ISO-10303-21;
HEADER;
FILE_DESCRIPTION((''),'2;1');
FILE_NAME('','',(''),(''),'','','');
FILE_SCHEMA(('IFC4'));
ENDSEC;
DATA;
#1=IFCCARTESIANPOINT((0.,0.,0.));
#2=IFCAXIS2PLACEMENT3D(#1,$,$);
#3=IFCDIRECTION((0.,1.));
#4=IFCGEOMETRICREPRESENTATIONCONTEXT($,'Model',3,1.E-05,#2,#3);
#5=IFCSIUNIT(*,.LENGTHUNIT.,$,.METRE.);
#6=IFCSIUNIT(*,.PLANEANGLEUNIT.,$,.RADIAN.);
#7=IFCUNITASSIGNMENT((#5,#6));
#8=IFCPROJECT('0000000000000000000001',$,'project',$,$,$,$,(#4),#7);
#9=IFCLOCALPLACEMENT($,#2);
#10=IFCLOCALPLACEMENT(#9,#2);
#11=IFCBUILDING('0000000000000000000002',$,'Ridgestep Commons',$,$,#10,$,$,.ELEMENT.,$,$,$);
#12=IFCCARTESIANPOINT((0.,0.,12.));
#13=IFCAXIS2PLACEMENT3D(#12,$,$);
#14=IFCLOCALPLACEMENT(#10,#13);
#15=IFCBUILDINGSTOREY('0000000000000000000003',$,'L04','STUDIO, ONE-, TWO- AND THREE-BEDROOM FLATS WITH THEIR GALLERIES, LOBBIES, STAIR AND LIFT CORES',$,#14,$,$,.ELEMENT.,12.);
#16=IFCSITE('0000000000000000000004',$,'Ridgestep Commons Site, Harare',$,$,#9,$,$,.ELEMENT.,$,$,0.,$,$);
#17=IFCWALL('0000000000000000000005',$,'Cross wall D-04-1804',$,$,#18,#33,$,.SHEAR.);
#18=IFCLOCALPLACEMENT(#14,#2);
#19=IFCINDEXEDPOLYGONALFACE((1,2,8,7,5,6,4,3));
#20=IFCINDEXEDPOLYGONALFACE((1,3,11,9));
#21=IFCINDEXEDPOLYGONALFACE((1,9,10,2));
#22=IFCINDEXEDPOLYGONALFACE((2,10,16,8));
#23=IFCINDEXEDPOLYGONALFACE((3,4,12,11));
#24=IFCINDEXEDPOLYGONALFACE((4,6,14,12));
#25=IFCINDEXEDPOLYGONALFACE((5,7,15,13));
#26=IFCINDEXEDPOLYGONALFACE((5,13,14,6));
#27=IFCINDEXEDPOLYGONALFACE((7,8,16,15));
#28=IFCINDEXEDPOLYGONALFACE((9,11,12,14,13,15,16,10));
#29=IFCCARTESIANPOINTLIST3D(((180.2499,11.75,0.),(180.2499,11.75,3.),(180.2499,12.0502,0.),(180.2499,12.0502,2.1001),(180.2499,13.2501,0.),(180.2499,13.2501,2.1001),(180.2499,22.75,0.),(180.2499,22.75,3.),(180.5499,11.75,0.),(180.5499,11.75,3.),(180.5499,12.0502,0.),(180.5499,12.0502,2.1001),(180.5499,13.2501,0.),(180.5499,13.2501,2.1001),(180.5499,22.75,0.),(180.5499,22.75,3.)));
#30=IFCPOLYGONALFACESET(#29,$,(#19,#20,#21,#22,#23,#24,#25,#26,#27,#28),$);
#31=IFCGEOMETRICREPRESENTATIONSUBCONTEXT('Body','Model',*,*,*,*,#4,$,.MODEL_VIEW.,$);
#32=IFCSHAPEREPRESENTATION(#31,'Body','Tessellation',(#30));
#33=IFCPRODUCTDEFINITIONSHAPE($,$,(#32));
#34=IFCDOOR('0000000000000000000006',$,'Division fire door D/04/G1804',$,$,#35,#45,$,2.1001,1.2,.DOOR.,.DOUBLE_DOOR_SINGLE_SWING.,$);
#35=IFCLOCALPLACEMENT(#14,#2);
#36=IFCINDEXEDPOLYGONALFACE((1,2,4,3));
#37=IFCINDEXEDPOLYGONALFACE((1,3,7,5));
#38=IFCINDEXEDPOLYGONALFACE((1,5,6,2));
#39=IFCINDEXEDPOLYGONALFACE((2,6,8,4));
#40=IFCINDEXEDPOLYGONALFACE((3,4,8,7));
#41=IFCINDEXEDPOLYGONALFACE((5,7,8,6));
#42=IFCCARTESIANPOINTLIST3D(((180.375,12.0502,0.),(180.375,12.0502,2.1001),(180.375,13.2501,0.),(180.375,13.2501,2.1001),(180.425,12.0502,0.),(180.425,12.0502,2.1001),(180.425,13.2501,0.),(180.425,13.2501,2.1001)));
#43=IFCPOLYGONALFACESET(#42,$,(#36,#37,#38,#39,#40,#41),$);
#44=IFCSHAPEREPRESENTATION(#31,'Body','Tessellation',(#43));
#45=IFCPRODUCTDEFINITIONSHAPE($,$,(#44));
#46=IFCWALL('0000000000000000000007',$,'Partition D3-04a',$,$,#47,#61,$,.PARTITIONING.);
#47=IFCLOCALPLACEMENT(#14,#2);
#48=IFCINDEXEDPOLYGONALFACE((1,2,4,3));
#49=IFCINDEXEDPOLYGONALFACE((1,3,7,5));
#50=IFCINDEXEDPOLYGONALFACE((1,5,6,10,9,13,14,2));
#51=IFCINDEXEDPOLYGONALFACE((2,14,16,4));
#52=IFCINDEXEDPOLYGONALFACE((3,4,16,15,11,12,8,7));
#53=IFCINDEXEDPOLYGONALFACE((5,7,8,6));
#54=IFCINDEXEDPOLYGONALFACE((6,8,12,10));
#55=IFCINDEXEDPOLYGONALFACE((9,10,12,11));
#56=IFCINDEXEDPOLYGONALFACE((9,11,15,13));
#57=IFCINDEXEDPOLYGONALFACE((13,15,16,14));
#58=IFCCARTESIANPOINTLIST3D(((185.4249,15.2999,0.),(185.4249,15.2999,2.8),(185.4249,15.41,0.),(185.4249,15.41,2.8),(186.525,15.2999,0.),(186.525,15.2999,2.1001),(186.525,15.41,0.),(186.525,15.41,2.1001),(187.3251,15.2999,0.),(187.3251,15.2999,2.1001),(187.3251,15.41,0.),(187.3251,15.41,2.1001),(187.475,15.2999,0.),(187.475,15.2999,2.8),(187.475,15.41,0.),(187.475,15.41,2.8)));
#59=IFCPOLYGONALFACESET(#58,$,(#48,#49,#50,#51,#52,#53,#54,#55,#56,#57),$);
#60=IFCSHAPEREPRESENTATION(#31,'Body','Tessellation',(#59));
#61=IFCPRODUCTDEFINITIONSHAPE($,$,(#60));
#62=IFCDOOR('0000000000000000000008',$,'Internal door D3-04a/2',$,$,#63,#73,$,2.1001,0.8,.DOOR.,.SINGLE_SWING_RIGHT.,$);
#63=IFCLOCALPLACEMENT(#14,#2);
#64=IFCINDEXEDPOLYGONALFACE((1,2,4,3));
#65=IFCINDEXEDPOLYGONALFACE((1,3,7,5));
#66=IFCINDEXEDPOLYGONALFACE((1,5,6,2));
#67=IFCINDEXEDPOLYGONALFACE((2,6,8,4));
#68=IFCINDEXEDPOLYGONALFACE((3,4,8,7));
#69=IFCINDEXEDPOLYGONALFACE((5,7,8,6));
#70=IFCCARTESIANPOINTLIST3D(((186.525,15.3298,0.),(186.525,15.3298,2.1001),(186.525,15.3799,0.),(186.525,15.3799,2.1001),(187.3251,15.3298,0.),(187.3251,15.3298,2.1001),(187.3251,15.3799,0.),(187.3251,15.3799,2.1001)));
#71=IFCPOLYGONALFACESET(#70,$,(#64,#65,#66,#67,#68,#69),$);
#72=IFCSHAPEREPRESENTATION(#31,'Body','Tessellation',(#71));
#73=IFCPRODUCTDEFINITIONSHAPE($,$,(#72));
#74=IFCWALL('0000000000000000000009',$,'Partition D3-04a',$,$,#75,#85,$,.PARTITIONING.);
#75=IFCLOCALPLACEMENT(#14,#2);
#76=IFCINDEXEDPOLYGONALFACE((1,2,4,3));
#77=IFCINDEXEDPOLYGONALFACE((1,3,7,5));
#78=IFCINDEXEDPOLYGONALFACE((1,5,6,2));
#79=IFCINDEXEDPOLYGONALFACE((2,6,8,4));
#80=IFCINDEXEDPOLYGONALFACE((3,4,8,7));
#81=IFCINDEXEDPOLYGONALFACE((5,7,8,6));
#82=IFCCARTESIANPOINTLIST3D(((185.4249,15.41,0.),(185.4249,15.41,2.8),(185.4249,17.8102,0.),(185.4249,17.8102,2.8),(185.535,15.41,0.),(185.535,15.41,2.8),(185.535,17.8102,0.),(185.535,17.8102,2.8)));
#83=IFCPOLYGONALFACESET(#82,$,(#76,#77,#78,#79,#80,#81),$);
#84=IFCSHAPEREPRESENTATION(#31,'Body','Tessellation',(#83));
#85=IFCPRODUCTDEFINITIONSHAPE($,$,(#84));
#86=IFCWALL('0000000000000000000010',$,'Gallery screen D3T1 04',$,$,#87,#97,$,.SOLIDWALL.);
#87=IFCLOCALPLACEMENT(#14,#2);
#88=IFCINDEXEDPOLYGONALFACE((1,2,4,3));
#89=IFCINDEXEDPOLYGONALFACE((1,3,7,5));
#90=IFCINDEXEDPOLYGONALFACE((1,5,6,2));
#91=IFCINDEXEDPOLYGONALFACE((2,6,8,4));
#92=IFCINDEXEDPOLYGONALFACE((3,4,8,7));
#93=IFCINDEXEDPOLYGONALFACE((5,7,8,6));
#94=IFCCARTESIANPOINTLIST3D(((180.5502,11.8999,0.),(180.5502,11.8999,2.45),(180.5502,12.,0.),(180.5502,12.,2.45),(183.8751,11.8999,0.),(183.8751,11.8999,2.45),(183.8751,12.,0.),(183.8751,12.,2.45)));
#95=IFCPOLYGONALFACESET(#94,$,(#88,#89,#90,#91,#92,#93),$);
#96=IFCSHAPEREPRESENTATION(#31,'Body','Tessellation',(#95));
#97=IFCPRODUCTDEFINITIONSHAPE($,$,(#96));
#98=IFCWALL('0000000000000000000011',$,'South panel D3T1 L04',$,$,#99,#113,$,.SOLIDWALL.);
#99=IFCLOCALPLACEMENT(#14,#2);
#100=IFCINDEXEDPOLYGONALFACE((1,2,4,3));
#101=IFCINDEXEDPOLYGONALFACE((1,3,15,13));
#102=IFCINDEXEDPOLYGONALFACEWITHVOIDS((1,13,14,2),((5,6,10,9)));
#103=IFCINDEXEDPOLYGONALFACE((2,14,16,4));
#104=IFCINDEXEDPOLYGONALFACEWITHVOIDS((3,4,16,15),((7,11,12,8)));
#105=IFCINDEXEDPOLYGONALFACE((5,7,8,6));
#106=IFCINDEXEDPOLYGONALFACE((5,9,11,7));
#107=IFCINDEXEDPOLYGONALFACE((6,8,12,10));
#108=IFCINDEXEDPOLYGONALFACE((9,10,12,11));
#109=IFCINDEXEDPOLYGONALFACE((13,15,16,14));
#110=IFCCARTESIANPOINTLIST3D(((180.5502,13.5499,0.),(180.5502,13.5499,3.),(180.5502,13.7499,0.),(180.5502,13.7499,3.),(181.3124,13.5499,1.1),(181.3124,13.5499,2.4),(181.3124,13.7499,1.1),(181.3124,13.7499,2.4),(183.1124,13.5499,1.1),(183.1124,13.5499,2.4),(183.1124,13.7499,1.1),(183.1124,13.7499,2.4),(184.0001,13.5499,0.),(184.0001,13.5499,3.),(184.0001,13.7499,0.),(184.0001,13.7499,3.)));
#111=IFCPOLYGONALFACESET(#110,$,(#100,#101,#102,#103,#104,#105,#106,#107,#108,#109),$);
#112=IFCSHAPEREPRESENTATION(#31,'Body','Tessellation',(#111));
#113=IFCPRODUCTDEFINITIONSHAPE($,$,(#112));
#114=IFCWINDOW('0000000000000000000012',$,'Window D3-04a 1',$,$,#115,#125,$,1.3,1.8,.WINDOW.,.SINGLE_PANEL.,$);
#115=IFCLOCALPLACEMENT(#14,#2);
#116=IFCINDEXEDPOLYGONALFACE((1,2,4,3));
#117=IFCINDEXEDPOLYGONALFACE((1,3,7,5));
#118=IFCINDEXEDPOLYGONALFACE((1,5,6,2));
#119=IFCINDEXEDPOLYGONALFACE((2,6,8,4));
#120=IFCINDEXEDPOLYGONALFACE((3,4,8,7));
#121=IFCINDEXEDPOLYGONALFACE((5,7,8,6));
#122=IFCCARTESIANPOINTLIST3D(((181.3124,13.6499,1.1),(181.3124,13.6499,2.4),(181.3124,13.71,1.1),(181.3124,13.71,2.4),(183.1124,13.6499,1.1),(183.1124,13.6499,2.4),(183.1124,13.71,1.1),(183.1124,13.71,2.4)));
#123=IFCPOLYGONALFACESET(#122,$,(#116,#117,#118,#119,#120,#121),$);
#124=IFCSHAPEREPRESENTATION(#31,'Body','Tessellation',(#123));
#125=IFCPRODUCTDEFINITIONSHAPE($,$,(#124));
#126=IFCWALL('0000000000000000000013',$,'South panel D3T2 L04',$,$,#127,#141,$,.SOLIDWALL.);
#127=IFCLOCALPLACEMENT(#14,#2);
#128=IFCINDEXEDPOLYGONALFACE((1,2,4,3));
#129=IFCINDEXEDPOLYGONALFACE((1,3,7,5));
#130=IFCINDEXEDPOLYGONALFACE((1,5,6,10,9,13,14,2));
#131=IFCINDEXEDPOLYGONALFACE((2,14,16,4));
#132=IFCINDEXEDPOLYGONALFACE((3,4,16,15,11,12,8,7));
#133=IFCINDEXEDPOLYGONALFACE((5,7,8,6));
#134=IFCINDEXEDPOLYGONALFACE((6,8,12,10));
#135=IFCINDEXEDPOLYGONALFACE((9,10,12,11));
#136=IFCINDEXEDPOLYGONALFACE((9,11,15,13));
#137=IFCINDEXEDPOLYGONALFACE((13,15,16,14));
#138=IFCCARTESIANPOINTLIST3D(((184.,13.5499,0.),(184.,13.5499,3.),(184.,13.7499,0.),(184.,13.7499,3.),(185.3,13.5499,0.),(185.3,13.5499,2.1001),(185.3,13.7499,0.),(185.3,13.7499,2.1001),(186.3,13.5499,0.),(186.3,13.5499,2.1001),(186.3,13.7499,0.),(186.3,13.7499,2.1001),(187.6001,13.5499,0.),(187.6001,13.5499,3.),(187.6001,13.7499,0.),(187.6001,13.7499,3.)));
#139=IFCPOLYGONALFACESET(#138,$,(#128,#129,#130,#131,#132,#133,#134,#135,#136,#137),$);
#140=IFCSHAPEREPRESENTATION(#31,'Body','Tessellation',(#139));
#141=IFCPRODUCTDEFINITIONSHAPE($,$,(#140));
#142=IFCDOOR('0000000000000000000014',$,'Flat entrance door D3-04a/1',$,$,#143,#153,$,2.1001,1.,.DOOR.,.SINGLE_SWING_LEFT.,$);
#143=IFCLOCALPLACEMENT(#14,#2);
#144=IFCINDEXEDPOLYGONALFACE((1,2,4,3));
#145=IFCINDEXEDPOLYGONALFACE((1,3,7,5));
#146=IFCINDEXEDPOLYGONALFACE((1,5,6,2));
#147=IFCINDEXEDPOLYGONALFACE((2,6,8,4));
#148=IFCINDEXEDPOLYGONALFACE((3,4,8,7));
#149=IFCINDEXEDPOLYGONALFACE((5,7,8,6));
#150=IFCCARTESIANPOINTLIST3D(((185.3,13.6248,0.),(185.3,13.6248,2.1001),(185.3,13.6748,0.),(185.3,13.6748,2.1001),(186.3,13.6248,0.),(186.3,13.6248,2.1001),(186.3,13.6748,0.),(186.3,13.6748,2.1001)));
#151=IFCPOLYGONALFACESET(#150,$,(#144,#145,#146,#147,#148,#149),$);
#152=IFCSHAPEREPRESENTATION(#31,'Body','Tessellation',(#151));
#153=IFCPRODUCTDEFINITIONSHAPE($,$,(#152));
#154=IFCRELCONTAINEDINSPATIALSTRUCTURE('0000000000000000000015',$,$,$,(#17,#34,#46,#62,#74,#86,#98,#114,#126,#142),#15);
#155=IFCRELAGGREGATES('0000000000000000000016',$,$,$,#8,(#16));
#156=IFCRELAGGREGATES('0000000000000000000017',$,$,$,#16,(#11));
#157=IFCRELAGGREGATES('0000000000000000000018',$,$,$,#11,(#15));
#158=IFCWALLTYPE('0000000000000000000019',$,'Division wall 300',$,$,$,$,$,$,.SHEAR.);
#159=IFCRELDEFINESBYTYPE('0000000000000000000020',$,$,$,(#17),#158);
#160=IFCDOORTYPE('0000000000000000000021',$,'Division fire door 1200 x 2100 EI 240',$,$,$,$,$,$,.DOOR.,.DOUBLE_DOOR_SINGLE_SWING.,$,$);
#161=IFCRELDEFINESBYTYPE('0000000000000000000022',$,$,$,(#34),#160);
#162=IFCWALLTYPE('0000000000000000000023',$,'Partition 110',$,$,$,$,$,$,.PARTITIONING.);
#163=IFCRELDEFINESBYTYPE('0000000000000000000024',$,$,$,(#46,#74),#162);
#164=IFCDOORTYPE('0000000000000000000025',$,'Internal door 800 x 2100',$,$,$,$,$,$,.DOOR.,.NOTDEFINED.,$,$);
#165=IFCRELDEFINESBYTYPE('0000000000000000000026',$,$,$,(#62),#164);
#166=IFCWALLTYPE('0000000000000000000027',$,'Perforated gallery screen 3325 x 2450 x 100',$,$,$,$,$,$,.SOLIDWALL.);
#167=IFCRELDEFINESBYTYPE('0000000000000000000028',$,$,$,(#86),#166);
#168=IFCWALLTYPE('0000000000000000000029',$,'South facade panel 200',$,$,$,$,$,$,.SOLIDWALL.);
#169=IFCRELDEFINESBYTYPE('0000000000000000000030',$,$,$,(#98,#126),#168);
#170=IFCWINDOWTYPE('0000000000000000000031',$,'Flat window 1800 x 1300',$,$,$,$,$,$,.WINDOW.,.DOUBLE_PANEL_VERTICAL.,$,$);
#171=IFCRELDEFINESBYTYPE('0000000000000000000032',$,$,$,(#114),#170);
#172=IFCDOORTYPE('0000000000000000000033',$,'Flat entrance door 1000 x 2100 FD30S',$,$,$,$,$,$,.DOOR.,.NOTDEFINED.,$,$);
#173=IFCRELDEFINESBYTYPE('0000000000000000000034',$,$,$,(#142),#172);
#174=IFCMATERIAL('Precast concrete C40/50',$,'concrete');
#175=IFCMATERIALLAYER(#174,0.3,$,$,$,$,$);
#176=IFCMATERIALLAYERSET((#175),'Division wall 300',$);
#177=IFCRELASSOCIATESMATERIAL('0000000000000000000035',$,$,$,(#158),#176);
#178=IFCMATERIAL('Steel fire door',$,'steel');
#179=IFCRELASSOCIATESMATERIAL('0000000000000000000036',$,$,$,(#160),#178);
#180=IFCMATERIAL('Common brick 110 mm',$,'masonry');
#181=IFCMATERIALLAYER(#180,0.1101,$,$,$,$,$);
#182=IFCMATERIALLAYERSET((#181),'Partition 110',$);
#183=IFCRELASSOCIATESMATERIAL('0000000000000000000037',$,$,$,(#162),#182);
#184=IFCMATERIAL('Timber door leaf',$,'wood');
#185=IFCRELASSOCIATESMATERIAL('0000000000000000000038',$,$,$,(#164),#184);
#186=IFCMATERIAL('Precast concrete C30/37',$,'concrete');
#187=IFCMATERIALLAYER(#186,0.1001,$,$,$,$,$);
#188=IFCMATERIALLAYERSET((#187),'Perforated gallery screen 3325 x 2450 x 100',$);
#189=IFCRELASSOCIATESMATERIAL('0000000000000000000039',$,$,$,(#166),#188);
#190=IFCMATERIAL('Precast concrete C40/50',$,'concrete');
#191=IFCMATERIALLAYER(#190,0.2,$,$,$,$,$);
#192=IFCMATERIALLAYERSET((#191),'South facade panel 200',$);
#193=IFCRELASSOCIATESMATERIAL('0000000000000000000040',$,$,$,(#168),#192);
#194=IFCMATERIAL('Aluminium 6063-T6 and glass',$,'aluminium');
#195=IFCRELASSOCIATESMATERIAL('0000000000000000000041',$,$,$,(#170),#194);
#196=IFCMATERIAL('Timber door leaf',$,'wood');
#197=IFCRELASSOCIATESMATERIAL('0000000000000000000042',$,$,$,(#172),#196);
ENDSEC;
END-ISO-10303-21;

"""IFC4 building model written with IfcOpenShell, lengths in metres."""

from ifc_helpers import new_model, si_unit, direction, frame, frame_2d, origin, place, context, subcontext, project, spatial, rectangle, extrude, material, layer, layer_set, type_object, element, fill, save


model = new_model("IFC4")

# Units and contexts
model_context = context("Model", 3, precision=1e-05, world=origin(), true_north=direction((0.0, 1.0)))
body_context = subcontext(model_context, "Body", "Model", "MODEL_VIEW")
ifc_project = project(units=[si_unit("LENGTHUNIT", "METRE"), si_unit("PLANEANGLEUNIT", "RADIAN")], contexts=[model_context])

# Site, building, storey
site_placement = place(None, origin())
site = spatial("IfcSite", under=ifc_project, at=site_placement, Name="Ridgestep Commons Site, Harare", CompositionType="ELEMENT", RefElevation=0.0)
building_placement = place(site_placement, origin())
building = spatial("IfcBuilding", under=site, at=building_placement, Name="Ridgestep Commons", CompositionType="ELEMENT")
storey_placement = place(building_placement, frame((0.0, 0.0, 12.0)))
storey = spatial("IfcBuildingStorey", under=building, at=storey_placement, Name="L04", Description="STUDIO, ONE-, TWO- AND THREE-BEDROOM FLATS WITH THEIR GALLERIES, LOBBIES, STAIR AND LIFT CORES", CompositionType="ELEMENT", Elevation=12.0)

# Walls, openings, doors
ifc_material_1 = material(Name="Precast concrete C40/50", Category="concrete")
ifc_layer_1 = layer(ifc_material_1, 0.3)
ifc_layer_set_1 = layer_set([ifc_layer_1], Name="Division wall 300")
wall_type_1 = type_object("IfcWallType", Name="Division wall 300", PredefinedType="SHEAR", material=ifc_layer_set_1)
wall_1_placement = place(storey_placement, frame((180.3999, 11.75, 0.0), z_axis=(0.0, 0.0, 1.0), x_axis=(0.0, 1.0, 0.0)))
wall_1 = element("IfcWall", 1, at=wall_1_placement, inside=storey, type_object=wall_type_1, Name="Cross wall D-04-1804", PredefinedType="SHEAR", context=body_context, shape_type="SweptSolid", body=[
    extrude(rectangle(XDim=11.0, YDim=0.3, at=frame_2d((5.5, 0.0))), origin(), (0.0, 0.0, 1.0), 3.0),
])
opening_1_placement = place(wall_1_placement, frame((0.3, 0.0, 0.0)))
opening_1 = element("IfcOpeningElement", 2, at=opening_1_placement, cuts=wall_1, PredefinedType="OPENING", context=body_context, shape_type="SweptSolid", body=[
    extrude(rectangle(XDim=1.2, YDim=2.1001, at=frame_2d((0.6001, 1.05))), frame((0.0, 0.1599, 0.0), z_axis=(0.0, -1.0, 0.0), x_axis=(1.0, 0.0, 0.0)), (0.0, 0.0, 1.0), 0.3201),
])
ifc_material_2 = material(Name="Steel fire door", Category="steel")
door_type_1 = type_object("IfcDoorType", Name="Division fire door 1200 x 2100 EI 240", OperationType="DOUBLE_DOOR_SINGLE_SWING", PredefinedType="DOOR", material=ifc_material_2)
door_1_placement = place(opening_1_placement, origin())
door_1 = element("IfcDoor", 3, at=door_1_placement, inside=storey, type_object=door_type_1, Name="Division fire door D/04/G1804", OperationType="DOUBLE_DOOR_SINGLE_SWING", OverallHeight=2.1001, OverallWidth=1.2, PredefinedType="DOOR", context=body_context, shape_type="SweptSolid", body=[
    extrude(rectangle(XDim=1.2, YDim=2.1001, at=frame_2d((0.6001, 1.05))), frame((0.0, 0.0249, 0.0), z_axis=(0.0, -1.0, 0.0), x_axis=(1.0, 0.0, 0.0)), (0.0, 0.0, 1.0), 0.05),
])
fill(opening_1, door_1)
ifc_material_3 = material(Name="Common brick 110 mm", Category="masonry")
ifc_layer_2 = layer(ifc_material_3, 0.1101)
ifc_layer_set_2 = layer_set([ifc_layer_2], Name="Partition 110")
wall_type_2 = type_object("IfcWallType", Name="Partition 110", PredefinedType="PARTITIONING", material=ifc_layer_set_2)
wall_2_placement = place(storey_placement, frame((185.425, 15.355, 0.0), z_axis=(0.0, 0.0, 1.0), x_axis=(1.0, 0.0, 0.0)))
wall_2 = element("IfcWall", 4, at=wall_2_placement, inside=storey, type_object=wall_type_2, Name="Partition D3-04a", PredefinedType="PARTITIONING", context=body_context, shape_type="SweptSolid", body=[
    extrude(rectangle(XDim=2.05, YDim=0.1101, at=frame_2d((1.0249, 0.0))), origin(), (0.0, 0.0, 1.0), 2.8),
])
opening_2_placement = place(wall_2_placement, frame((1.1001, 0.0, 0.0)))
opening_2 = element("IfcOpeningElement", 5, at=opening_2_placement, cuts=wall_2, PredefinedType="OPENING", context=body_context, shape_type="SweptSolid", body=[
    extrude(rectangle(XDim=0.8, YDim=2.1001, at=frame_2d((0.3999, 1.05))), frame((0.0, 0.0649, 0.0), z_axis=(0.0, -1.0, 0.0), x_axis=(1.0, 0.0, 0.0)), (0.0, 0.0, 1.0), 0.1301),
])
ifc_material_4 = material(Name="Timber door leaf", Category="wood")
door_type_2 = type_object("IfcDoorType", Name="Internal door 800 x 2100", OperationType="NOTDEFINED", PredefinedType="DOOR", material=ifc_material_4)
door_2_placement = place(opening_2_placement, origin())
door_2 = element("IfcDoor", 6, at=door_2_placement, inside=storey, type_object=door_type_2, Name="Internal door D3-04a/2", OperationType="SINGLE_SWING_RIGHT", OverallHeight=2.1001, OverallWidth=0.8, PredefinedType="DOOR", context=body_context, shape_type="SweptSolid", body=[
    extrude(rectangle(XDim=0.8, YDim=2.1001, at=frame_2d((0.3999, 1.05))), frame((0.0, 0.0249, 0.0), z_axis=(0.0, -1.0, 0.0), x_axis=(1.0, 0.0, 0.0)), (0.0, 0.0, 1.0), 0.05),
])
fill(opening_2, door_2)

# Walls
wall_3_placement = place(storey_placement, frame((185.48, 15.4099, 0.0), z_axis=(0.0, 0.0, 1.0), x_axis=(0.0, 1.0, 0.0)))
element("IfcWall", 7, at=wall_3_placement, inside=storey, type_object=wall_type_2, Name="Partition D3-04a", PredefinedType="PARTITIONING", context=body_context, shape_type="SweptSolid", body=[
    extrude(rectangle(XDim=2.4001, YDim=0.1101, at=frame_2d((1.2002, 0.0))), origin(), (0.0, 0.0, 1.0), 2.8),
])
ifc_material_5 = material(Name="Precast concrete C30/37", Category="concrete")
ifc_layer_3 = layer(ifc_material_5, 0.1001)
ifc_layer_set_3 = layer_set([ifc_layer_3], Name="Perforated gallery screen 3325 x 2450 x 100")
wall_type_3 = type_object("IfcWallType", Name="Perforated gallery screen 3325 x 2450 x 100", PredefinedType="SOLIDWALL", material=ifc_layer_set_3)
wall_4_placement = place(storey_placement, frame((180.55, 11.95, 0.0), z_axis=(0.0, 0.0, 1.0), x_axis=(1.0, 0.0, 0.0)))
element("IfcWall", 8, at=wall_4_placement, inside=storey, type_object=wall_type_3, Name="Gallery screen D3T1 04", PredefinedType="SOLIDWALL", context=body_context, shape_type="SweptSolid", body=[
    extrude(rectangle(XDim=3.325, YDim=0.1001, at=frame_2d((1.6626, 0.0))), origin(), (0.0, 0.0, 1.0), 2.45),
])

# Wall, opening, window
ifc_material_6 = material(Name="Precast concrete C40/50", Category="concrete")
ifc_layer_4 = layer(ifc_material_6, 0.2)
ifc_layer_set_4 = layer_set([ifc_layer_4], Name="South facade panel 200")
wall_type_4 = type_object("IfcWallType", Name="South facade panel 200", PredefinedType="SOLIDWALL", material=ifc_layer_set_4)
wall_5_placement = place(storey_placement, frame((180.55, 13.6499, 0.0), z_axis=(0.0, 0.0, 1.0), x_axis=(1.0, 0.0, 0.0)))
wall_5 = element("IfcWall", 9, at=wall_5_placement, inside=storey, type_object=wall_type_4, Name="South panel D3T1 L04", PredefinedType="SOLIDWALL", context=body_context, shape_type="SweptSolid", body=[
    extrude(rectangle(XDim=3.45, YDim=0.2, at=frame_2d((1.7251, 0.0))), origin(), (0.0, 0.0, 1.0), 3.0),
])
opening_3_placement = place(wall_5_placement, frame((0.7625, 0.0, 1.1001)))
opening_3 = element("IfcOpeningElement", 10, at=opening_3_placement, cuts=wall_5, PredefinedType="OPENING", context=body_context, shape_type="SweptSolid", body=[
    extrude(rectangle(XDim=1.8, YDim=1.3, at=frame_2d((0.8999, 0.6499))), frame((0.0, 0.1099, 0.0), z_axis=(0.0, -1.0, 0.0), x_axis=(1.0, 0.0, 0.0)), (0.0, 0.0, 1.0), 0.22),
])
ifc_material_7 = material(Name="Aluminium 6063-T6 and glass", Category="aluminium")
window_type = type_object("IfcWindowType", Name="Flat window 1800 x 1300", PartitioningType="DOUBLE_PANEL_VERTICAL", PredefinedType="WINDOW", material=ifc_material_7)
window_1_placement = place(opening_3_placement, origin())
window_1 = element("IfcWindow", 11, at=window_1_placement, inside=storey, type_object=window_type, Name="Window D3-04a 1", OverallHeight=1.3, OverallWidth=1.8, PartitioningType="SINGLE_PANEL", PredefinedType="WINDOW", context=body_context, shape_type="SweptSolid", body=[
    extrude(rectangle(XDim=1.8, YDim=1.3, at=frame_2d((0.8999, 0.6499))), frame((0.0, 0.0601, 0.0), z_axis=(0.0, -1.0, 0.0), x_axis=(1.0, 0.0, 0.0)), (0.0, 0.0, 1.0), 0.0601),
])
fill(opening_3, window_1)

# Wall, opening, door
wall_6_placement = place(storey_placement, frame((184.0, 13.6499, 0.0), z_axis=(0.0, 0.0, 1.0), x_axis=(1.0, 0.0, 0.0)))
wall_6 = element("IfcWall", 12, at=wall_6_placement, inside=storey, type_object=wall_type_4, Name="South panel D3T2 L04", PredefinedType="SOLIDWALL", context=body_context, shape_type="SweptSolid", body=[
    extrude(rectangle(XDim=3.6001, YDim=0.2, at=frame_2d((1.8, 0.0))), origin(), (0.0, 0.0, 1.0), 3.0),
])
opening_4_placement = place(wall_6_placement, frame((1.3, 0.0, 0.0)))
opening_4 = element("IfcOpeningElement", 13, at=opening_4_placement, cuts=wall_6, PredefinedType="OPENING", context=body_context, shape_type="SweptSolid", body=[
    extrude(rectangle(XDim=1.0, YDim=2.1001, at=frame_2d((0.5, 1.05))), frame((0.0, 0.1099, 0.0), z_axis=(0.0, -1.0, 0.0), x_axis=(1.0, 0.0, 0.0)), (0.0, 0.0, 1.0), 0.22),
])
ifc_material_8 = material(Name="Timber door leaf", Category="wood")
door_type_3 = type_object("IfcDoorType", Name="Flat entrance door 1000 x 2100 FD30S", OperationType="NOTDEFINED", PredefinedType="DOOR", material=ifc_material_8)
door_3_placement = place(opening_4_placement, origin())
door_3 = element("IfcDoor", 14, at=door_3_placement, inside=storey, type_object=door_type_3, Name="Flat entrance door D3-04a/1", OperationType="SINGLE_SWING_LEFT", OverallHeight=2.1001, OverallWidth=1.0, PredefinedType="DOOR", context=body_context, shape_type="SweptSolid", body=[
    extrude(rectangle(XDim=1.0, YDim=2.1001, at=frame_2d((0.5, 1.05))), frame((0.0, 0.0249, 0.0), z_axis=(0.0, -1.0, 0.0), x_axis=(1.0, 0.0, 0.0)), (0.0, 0.0, 1.0), 0.05),
])
fill(opening_4, door_3)

save(model, "model.ifc")
